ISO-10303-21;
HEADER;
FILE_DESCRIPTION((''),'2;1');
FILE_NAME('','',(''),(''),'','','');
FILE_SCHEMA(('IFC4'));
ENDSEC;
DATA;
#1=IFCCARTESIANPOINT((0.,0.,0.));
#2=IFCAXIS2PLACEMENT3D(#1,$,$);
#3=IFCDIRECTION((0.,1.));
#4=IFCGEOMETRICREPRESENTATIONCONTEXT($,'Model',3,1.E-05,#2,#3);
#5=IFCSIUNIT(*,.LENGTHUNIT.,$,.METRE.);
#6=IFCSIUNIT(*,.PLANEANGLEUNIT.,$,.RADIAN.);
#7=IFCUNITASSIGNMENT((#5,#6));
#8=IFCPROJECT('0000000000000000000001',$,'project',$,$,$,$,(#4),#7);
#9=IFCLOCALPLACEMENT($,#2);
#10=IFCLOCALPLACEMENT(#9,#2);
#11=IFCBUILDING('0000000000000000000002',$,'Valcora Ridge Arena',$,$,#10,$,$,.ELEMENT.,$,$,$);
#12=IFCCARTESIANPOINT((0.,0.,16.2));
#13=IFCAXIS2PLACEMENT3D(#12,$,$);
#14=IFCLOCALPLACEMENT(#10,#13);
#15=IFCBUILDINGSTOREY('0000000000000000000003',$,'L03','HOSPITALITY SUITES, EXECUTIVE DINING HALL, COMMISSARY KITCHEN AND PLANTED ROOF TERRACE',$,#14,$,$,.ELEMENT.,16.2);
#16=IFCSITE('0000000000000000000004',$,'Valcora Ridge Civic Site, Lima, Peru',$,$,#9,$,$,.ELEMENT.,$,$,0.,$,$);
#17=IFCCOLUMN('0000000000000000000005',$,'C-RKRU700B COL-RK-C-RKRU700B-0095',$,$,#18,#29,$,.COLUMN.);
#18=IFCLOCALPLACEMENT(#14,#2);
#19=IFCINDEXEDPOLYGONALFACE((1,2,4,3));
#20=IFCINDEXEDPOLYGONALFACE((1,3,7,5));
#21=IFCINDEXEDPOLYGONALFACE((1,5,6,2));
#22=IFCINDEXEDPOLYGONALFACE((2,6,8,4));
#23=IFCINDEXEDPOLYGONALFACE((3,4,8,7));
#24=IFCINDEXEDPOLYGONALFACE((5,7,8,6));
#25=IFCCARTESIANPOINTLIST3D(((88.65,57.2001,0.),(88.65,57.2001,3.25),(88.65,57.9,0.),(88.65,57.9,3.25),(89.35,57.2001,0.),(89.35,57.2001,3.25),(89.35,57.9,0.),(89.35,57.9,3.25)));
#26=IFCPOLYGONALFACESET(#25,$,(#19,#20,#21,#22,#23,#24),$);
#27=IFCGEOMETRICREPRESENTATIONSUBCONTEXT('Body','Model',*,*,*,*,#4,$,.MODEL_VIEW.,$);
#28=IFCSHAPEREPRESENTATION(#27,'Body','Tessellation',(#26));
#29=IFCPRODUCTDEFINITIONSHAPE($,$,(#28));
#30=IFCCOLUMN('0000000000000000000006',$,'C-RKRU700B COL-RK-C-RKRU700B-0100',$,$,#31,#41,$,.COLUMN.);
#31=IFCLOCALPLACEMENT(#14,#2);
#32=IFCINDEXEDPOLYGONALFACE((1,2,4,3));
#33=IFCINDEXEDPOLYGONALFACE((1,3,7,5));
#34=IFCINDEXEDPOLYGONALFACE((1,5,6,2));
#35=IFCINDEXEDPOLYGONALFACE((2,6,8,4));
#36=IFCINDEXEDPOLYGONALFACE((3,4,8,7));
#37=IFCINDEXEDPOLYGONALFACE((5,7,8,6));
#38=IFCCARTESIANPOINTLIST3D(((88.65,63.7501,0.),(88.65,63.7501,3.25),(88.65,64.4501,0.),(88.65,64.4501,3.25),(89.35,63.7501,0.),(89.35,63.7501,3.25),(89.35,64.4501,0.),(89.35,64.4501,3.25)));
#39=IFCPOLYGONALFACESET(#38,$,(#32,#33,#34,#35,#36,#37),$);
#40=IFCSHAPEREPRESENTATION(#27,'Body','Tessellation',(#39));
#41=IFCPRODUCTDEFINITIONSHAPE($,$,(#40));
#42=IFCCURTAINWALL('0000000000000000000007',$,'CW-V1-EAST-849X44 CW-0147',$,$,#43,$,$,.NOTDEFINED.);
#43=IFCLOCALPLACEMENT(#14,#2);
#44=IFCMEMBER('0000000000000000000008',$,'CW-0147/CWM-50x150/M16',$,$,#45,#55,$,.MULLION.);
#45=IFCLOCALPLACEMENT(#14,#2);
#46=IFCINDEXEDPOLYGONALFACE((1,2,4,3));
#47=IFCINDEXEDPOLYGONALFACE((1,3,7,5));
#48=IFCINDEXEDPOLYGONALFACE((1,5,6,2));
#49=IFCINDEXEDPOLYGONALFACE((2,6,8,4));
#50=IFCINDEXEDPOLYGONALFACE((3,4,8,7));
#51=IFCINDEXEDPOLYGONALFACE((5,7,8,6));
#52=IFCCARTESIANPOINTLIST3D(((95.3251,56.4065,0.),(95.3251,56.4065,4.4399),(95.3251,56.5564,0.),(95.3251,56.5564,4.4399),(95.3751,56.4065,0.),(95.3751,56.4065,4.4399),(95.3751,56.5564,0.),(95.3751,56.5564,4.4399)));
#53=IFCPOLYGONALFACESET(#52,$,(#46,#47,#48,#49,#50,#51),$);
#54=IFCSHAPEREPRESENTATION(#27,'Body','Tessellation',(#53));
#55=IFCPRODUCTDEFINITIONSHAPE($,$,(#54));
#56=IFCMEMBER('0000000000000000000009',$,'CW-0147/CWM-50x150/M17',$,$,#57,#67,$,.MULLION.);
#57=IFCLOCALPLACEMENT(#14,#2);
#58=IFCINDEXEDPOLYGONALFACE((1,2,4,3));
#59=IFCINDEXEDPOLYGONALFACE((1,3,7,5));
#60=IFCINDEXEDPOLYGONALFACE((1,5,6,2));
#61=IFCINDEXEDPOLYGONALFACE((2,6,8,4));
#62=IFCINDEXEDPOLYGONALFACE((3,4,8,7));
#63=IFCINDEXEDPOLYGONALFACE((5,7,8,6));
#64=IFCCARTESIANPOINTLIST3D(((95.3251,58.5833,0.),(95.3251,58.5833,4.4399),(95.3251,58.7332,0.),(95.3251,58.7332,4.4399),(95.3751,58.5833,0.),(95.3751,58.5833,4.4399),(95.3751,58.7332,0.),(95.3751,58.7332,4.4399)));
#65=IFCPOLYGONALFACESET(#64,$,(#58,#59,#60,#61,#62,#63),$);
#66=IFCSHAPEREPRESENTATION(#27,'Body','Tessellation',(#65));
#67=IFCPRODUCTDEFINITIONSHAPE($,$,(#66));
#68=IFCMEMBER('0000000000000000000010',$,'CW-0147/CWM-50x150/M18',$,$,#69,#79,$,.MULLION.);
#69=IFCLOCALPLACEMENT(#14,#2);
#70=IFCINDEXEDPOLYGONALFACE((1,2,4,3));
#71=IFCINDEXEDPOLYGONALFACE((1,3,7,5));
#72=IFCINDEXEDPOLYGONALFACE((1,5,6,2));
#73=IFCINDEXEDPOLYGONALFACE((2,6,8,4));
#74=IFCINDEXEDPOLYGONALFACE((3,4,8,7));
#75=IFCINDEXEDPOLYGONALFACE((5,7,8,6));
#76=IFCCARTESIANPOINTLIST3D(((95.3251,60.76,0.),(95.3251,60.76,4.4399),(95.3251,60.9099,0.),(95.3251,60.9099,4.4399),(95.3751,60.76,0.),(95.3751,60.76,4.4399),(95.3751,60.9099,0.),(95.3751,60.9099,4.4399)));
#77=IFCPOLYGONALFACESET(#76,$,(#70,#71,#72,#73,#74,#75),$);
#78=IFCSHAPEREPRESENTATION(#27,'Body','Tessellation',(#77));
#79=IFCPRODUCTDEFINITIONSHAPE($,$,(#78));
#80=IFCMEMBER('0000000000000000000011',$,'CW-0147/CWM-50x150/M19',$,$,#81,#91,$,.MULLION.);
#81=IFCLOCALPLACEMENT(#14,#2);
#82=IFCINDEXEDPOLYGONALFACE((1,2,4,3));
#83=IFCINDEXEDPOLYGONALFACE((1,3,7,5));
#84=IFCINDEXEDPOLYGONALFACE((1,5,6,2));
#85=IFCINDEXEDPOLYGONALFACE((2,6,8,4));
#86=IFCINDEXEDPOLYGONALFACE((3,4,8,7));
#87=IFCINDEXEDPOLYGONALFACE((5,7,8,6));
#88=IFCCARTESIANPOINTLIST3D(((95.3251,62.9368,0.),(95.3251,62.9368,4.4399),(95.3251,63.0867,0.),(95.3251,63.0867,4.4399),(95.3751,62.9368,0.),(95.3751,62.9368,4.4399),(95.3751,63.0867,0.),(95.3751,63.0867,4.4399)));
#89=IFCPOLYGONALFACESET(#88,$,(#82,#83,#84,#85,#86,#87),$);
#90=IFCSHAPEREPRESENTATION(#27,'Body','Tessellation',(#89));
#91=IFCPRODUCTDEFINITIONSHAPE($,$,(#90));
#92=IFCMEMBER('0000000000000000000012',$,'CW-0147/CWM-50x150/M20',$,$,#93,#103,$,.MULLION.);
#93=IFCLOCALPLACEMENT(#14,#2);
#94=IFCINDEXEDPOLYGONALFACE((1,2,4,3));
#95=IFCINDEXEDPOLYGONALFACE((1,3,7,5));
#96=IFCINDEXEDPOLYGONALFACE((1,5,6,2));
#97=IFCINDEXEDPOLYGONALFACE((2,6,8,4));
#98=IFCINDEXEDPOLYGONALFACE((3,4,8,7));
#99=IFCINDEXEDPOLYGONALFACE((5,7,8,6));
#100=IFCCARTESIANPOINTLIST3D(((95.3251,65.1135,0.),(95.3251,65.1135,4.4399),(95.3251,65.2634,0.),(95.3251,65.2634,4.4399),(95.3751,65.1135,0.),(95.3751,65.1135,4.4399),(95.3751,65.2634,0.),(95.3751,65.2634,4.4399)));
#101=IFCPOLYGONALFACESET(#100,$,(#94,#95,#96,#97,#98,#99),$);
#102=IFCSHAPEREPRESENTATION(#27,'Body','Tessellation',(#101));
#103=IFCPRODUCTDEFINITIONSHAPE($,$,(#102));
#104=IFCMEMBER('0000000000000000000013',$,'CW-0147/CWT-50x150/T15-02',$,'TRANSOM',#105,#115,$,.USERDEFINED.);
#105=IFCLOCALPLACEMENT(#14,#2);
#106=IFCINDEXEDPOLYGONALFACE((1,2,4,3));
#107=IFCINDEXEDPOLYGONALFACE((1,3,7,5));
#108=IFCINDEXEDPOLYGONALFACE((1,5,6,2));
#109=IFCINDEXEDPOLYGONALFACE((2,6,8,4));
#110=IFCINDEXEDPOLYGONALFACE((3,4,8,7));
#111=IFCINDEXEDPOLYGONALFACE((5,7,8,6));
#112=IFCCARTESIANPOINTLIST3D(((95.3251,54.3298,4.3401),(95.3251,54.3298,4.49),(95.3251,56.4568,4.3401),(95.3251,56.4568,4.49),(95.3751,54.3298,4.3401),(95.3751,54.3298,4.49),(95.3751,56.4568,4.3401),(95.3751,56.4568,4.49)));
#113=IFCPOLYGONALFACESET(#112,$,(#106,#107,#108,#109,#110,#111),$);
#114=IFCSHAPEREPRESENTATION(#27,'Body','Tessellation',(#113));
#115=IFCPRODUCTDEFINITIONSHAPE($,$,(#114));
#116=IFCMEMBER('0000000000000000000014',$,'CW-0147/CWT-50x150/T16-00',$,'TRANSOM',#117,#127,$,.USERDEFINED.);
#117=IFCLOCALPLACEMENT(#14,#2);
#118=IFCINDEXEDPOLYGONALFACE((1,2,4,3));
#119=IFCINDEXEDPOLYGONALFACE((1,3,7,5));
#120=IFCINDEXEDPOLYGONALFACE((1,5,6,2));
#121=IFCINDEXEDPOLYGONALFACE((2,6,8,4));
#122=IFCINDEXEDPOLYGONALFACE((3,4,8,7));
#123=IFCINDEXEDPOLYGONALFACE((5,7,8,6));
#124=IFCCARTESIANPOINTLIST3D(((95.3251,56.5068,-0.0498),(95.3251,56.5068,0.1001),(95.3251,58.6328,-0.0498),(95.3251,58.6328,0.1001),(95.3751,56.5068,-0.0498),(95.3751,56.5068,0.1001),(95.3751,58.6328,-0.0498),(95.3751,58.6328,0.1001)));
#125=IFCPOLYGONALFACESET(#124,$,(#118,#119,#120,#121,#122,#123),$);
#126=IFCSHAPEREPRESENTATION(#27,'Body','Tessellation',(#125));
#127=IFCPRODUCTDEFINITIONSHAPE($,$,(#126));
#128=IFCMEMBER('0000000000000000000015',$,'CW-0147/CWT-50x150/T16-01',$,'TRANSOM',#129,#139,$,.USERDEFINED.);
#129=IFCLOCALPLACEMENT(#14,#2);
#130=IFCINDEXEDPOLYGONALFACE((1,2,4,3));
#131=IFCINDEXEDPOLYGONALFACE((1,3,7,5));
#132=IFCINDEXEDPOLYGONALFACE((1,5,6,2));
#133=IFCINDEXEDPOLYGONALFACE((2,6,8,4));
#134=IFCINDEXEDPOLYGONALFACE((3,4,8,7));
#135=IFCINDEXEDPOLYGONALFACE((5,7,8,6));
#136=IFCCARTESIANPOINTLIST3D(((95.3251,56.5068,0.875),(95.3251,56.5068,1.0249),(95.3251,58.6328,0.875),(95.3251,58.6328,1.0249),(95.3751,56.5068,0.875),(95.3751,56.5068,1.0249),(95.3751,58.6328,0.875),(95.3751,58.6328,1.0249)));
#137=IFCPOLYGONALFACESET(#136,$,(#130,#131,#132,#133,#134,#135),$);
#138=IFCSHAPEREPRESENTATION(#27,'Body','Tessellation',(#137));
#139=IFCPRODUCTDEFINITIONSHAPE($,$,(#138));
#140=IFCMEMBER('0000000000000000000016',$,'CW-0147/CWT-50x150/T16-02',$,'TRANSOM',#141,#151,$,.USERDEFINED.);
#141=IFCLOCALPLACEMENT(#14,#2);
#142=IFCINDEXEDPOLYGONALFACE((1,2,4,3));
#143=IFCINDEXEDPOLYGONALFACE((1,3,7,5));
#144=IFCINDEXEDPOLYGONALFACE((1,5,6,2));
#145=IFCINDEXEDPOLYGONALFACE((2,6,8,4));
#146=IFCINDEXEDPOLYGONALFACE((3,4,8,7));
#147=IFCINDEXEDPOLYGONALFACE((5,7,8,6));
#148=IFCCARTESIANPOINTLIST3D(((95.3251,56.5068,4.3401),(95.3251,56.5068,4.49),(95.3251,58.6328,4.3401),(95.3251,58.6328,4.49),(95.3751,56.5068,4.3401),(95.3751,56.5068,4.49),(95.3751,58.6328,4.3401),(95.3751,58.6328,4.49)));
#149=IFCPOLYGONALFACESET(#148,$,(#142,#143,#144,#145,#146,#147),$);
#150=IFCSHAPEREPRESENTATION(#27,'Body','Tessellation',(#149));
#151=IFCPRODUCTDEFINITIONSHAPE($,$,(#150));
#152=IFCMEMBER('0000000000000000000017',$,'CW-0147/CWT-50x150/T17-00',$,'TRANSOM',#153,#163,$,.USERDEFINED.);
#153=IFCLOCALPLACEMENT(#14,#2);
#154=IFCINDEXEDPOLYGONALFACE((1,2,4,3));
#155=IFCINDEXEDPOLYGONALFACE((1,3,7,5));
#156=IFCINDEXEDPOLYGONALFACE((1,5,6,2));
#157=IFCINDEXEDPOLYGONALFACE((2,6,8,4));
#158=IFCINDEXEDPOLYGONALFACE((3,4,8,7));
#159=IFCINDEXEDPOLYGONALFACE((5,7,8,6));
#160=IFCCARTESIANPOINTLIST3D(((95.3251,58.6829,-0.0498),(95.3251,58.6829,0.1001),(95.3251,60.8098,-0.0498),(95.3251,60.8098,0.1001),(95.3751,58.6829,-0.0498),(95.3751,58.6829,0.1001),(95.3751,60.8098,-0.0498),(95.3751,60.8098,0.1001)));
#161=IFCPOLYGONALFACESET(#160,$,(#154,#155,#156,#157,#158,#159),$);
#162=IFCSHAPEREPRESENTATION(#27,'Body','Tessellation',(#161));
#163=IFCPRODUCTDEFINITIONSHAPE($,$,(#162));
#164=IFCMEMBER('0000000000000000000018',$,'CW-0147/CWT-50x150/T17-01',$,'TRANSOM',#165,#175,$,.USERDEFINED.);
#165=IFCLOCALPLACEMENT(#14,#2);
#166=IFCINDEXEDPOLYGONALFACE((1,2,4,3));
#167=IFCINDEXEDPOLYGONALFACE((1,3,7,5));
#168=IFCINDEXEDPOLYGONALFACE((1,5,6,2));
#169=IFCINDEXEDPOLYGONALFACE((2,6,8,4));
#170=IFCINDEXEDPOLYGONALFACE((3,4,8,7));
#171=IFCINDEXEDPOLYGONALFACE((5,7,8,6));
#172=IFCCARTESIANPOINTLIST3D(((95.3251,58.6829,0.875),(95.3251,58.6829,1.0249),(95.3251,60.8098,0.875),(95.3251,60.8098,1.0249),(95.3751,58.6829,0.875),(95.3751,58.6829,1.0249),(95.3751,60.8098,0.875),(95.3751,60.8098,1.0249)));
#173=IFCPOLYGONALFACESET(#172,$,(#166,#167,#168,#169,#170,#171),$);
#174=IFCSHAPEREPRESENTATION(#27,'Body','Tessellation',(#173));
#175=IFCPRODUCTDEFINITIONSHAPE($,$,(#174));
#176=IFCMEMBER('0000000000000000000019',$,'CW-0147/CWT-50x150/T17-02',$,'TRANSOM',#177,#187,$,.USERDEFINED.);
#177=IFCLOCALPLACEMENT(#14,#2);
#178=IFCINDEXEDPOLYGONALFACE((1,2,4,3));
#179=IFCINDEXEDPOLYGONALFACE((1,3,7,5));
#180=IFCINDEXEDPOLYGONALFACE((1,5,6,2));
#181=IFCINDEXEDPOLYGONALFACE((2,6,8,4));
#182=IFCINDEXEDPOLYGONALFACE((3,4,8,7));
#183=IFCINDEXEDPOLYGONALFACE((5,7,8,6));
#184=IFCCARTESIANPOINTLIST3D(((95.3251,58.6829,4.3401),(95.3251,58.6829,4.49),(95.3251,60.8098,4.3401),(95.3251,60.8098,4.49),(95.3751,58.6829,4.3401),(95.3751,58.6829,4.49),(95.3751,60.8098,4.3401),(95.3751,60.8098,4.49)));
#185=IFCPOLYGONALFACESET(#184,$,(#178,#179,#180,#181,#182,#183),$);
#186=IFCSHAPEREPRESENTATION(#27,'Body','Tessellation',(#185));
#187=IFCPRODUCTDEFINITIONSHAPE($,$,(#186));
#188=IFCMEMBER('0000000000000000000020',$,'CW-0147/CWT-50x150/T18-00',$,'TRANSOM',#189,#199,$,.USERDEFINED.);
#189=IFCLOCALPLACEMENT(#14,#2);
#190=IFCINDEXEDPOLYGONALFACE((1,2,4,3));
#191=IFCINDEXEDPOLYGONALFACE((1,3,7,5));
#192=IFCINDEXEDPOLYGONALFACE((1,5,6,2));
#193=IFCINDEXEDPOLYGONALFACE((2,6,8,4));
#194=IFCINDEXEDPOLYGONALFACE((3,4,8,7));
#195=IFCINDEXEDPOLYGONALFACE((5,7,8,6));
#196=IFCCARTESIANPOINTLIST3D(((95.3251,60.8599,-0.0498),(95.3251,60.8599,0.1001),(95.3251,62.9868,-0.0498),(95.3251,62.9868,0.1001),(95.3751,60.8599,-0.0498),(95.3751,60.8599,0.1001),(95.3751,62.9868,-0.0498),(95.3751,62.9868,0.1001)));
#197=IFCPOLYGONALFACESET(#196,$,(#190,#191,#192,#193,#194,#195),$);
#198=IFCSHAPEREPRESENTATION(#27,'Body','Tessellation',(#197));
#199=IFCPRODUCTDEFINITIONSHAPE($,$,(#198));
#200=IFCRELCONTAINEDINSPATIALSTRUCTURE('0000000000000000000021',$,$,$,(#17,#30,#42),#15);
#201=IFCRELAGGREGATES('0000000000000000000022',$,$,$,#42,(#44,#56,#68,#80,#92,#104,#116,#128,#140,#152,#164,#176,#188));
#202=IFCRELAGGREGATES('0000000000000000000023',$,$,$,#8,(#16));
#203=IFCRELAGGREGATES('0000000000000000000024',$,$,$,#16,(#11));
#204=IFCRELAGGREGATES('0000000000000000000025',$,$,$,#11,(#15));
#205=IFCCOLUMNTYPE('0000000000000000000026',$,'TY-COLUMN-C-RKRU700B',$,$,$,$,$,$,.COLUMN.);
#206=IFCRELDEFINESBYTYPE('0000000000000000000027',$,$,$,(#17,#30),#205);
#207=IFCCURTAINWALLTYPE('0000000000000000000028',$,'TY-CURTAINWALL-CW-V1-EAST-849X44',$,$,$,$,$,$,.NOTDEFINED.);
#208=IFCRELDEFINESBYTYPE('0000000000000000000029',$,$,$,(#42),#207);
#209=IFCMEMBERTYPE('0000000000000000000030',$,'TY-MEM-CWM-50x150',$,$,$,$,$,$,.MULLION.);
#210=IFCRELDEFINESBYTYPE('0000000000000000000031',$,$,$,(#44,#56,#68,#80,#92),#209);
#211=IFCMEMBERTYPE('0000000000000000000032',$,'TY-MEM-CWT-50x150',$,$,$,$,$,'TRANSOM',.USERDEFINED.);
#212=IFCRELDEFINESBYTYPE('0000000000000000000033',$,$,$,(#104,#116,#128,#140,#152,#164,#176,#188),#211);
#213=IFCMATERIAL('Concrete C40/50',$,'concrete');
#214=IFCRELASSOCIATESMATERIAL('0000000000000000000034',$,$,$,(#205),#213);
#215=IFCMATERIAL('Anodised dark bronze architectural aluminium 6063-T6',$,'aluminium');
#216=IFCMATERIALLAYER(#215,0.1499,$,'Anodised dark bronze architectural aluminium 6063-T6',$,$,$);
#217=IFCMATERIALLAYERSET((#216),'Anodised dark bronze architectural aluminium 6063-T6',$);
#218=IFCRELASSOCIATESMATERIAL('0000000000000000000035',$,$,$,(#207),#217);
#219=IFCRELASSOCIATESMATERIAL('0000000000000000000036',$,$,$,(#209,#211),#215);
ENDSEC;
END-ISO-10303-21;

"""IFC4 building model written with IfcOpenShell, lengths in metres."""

from ifc_helpers import new_model, si_unit, direction, frame, origin, origin_2d, place, context, subcontext, project, spatial, rectangle, extrude, material, layer, layer_set, material_profile, profile_set, type_object, element, aggregate, save


model = new_model("IFC4")

# Units and contexts
model_context = context("Model", 3, precision=1e-05, world=origin(), true_north=direction((0.0, 1.0)))
body_context = subcontext(model_context, "Body", "Model", "MODEL_VIEW")
ifc_project = project(units=[si_unit("LENGTHUNIT", "METRE"), si_unit("PLANEANGLEUNIT", "RADIAN")], contexts=[model_context])

# Site, building, storey
site_placement = place(None, origin())
site = spatial("IfcSite", under=ifc_project, at=site_placement, Name="Valcora Ridge Civic Site, Lima, Peru", CompositionType="ELEMENT", RefElevation=0.0)
building_placement = place(site_placement, origin())
building = spatial("IfcBuilding", under=site, at=building_placement, Name="Valcora Ridge Arena", CompositionType="ELEMENT")
storey_placement = place(building_placement, frame((0.0, 0.0, 16.2)))
storey = spatial("IfcBuildingStorey", under=building, at=storey_placement, Name="L03", Description="HOSPITALITY SUITES, EXECUTIVE DINING HALL, COMMISSARY KITCHEN AND PLANTED ROOF TERRACE", CompositionType="ELEMENT", Elevation=16.2)

# Columns
ifc_material_1 = material(Name="Concrete C40/50", Category="concrete")
ifc_material_profile_1 = material_profile(ifc_material_1, rectangle(XDim=0.7, YDim=0.7, at=origin_2d()), Name="RC 700x700")
ifc_profile_set_1 = profile_set([ifc_material_profile_1], Name="Concrete C40/50")
column_type = type_object("IfcColumnType", Name="TY-COLUMN-C-RKRU700B", PredefinedType="COLUMN", material=ifc_profile_set_1)
for number, where, z_axis, x_axis, name in (
    (1, (89.0, 57.55, 0.0), (0.0, 0.0, 1.0), (1.0, 0.0, 0.0), "C-RKRU700B COL-RK-C-RKRU700B-0095"),
    (2, (89.0, 64.1001, 0.0), (0.0, 0.0, 1.0), (1.0, 0.0, 0.0), "C-RKRU700B COL-RK-C-RKRU700B-0100"),
):
    element("IfcColumn", number, at=place(storey_placement, frame(where, z_axis=z_axis, x_axis=x_axis)), inside=storey, type_object=column_type, Name=name, PredefinedType="COLUMN", context=body_context, shape_type="SweptSolid", body=[
        extrude(rectangle(XDim=0.7, YDim=0.7, at=origin_2d()), origin(), (0.0, 0.0, 1.0), 3.25),
    ])

# Curtain wall, members
ifc_material_2 = material(Name="Anodised dark bronze architectural aluminium 6063-T6", Category="aluminium")
ifc_layer_1 = layer(ifc_material_2, 0.1499, Name="Anodised dark bronze architectural aluminium 6063-T6")
ifc_layer_set_1 = layer_set([ifc_layer_1], Name="Anodised dark bronze architectural aluminium 6063-T6")
curtain_wall_type = type_object("IfcCurtainWallType", Name="TY-CURTAINWALL-CW-V1-EAST-849X44", PredefinedType="NOTDEFINED", material=ifc_layer_set_1)
curtain_wall_placement = place(storey_placement, origin())
curtain_wall = element("IfcCurtainWall", 3, at=curtain_wall_placement, inside=storey, type_object=curtain_wall_type, Name="CW-V1-EAST-849X44 CW-0147", PredefinedType="NOTDEFINED")
ifc_material_profile_2 = material_profile(ifc_material_2, rectangle(XDim=0.05, YDim=0.1499, at=origin_2d()), Name="ALU MULLION 50x150")
ifc_profile_set_2 = profile_set([ifc_material_profile_2], Name="Anodised dark bronze architectural aluminium 6063-T6")
member_type_1 = type_object("IfcMemberType", Name="TY-MEM-CWM-50x150", PredefinedType="MULLION", material=ifc_profile_set_2)
member_1_placement = place(storey_placement, frame((95.3501, 56.4814, 0.0), z_axis=(0.0, 0.0, 1.0), x_axis=(-1.0, 0.0, 0.0)))
member_1 = element("IfcMember", 4, at=member_1_placement, type_object=member_type_1, Name="CW-0147/CWM-50x150/M16", PredefinedType="MULLION", context=body_context, shape_type="SweptSolid", body=[
    extrude(rectangle(XDim=0.05, YDim=0.1499, at=origin_2d()), origin(), (0.0, 0.0, 1.0), 4.4399),
])
member_2_placement = place(storey_placement, frame((95.3501, 58.6582, 0.0), z_axis=(0.0, 0.0, 1.0), x_axis=(-1.0, 0.0, 0.0)))
member_2 = element("IfcMember", 5, at=member_2_placement, type_object=member_type_1, Name="CW-0147/CWM-50x150/M17", PredefinedType="MULLION", context=body_context, shape_type="SweptSolid", body=[
    extrude(rectangle(XDim=0.05, YDim=0.1499, at=origin_2d()), origin(), (0.0, 0.0, 1.0), 4.4399),
])
member_3_placement = place(storey_placement, frame((95.3501, 60.835, 0.0), z_axis=(0.0, 0.0, 1.0), x_axis=(-1.0, 0.0, 0.0)))
member_3 = element("IfcMember", 6, at=member_3_placement, type_object=member_type_1, Name="CW-0147/CWM-50x150/M18", PredefinedType="MULLION", context=body_context, shape_type="SweptSolid", body=[
    extrude(rectangle(XDim=0.05, YDim=0.1499, at=origin_2d()), origin(), (0.0, 0.0, 1.0), 4.4399),
])
member_4_placement = place(storey_placement, frame((95.3501, 63.0117, 0.0), z_axis=(0.0, 0.0, 1.0), x_axis=(-1.0, 0.0, 0.0)))
member_4 = element("IfcMember", 7, at=member_4_placement, type_object=member_type_1, Name="CW-0147/CWM-50x150/M19", PredefinedType="MULLION", context=body_context, shape_type="SweptSolid", body=[
    extrude(rectangle(XDim=0.05, YDim=0.1499, at=origin_2d()), origin(), (0.0, 0.0, 1.0), 4.4399),
])
member_5_placement = place(storey_placement, frame((95.3501, 65.1885, 0.0), z_axis=(0.0, 0.0, 1.0), x_axis=(-1.0, 0.0, 0.0)))
member_5 = element("IfcMember", 8, at=member_5_placement, type_object=member_type_1, Name="CW-0147/CWM-50x150/M20", PredefinedType="MULLION", context=body_context, shape_type="SweptSolid", body=[
    extrude(rectangle(XDim=0.05, YDim=0.1499, at=origin_2d()), origin(), (0.0, 0.0, 1.0), 4.4399),
])
ifc_material_profile_3 = material_profile(ifc_material_2, rectangle(XDim=0.05, YDim=0.1499, at=origin_2d()), Name="ALU TRANSOM 50x150")
ifc_profile_set_3 = profile_set([ifc_material_profile_3], Name="Anodised dark bronze architectural aluminium 6063-T6")
member_type_2 = type_object("IfcMemberType", Name="TY-MEM-CWT-50x150", ElementType="TRANSOM", PredefinedType="USERDEFINED", material=ifc_profile_set_3)
member_6_placement = place(storey_placement, frame((95.3501, 54.3298, 4.415), z_axis=(0.0, 1.0, 0.0), x_axis=(-1.0, 0.0, 0.0)))
member_6 = element("IfcMember", 9, at=member_6_placement, type_object=member_type_2, Name="CW-0147/CWT-50x150/T15-02", ObjectType="TRANSOM", PredefinedType="USERDEFINED", context=body_context, shape_type="SweptSolid", body=[
    extrude(rectangle(XDim=0.05, YDim=0.1499, at=origin_2d()), origin(), (0.0, 0.0, 1.0), 2.127),
])
member_7_placement = place(storey_placement, frame((95.3501, 56.5068, 0.0251), z_axis=(0.0, 1.0, 0.0), x_axis=(-1.0, 0.0, 0.0)))
member_7 = element("IfcMember", 10, at=member_7_placement, type_object=member_type_2, Name="CW-0147/CWT-50x150/T16-00", ObjectType="TRANSOM", PredefinedType="USERDEFINED", context=body_context, shape_type="SweptSolid", body=[
    extrude(rectangle(XDim=0.05, YDim=0.1499, at=origin_2d()), origin(), (0.0, 0.0, 1.0), 2.126),
])
member_8_placement = place(storey_placement, frame((95.3501, 56.5068, 0.95), z_axis=(0.0, 1.0, 0.0), x_axis=(-1.0, 0.0, 0.0)))
member_8 = element("IfcMember", 11, at=member_8_placement, type_object=member_type_2, Name="CW-0147/CWT-50x150/T16-01", ObjectType="TRANSOM", PredefinedType="USERDEFINED", context=body_context, shape_type="SweptSolid", body=[
    extrude(rectangle(XDim=0.05, YDim=0.1499, at=origin_2d()), origin(), (0.0, 0.0, 1.0), 2.126),
])
member_9_placement = place(storey_placement, frame((95.3501, 56.5068, 4.415), z_axis=(0.0, 1.0, 0.0), x_axis=(-1.0, 0.0, 0.0)))
member_9 = element("IfcMember", 12, at=member_9_placement, type_object=member_type_2, Name="CW-0147/CWT-50x150/T16-02", ObjectType="TRANSOM", PredefinedType="USERDEFINED", context=body_context, shape_type="SweptSolid", body=[
    extrude(rectangle(XDim=0.05, YDim=0.1499, at=origin_2d()), origin(), (0.0, 0.0, 1.0), 2.126),
])
member_10_placement = place(storey_placement, frame((95.3501, 58.6829, 0.0251), z_axis=(0.0, 1.0, 0.0), x_axis=(-1.0, 0.0, 0.0)))
member_10 = element("IfcMember", 13, at=member_10_placement, type_object=member_type_2, Name="CW-0147/CWT-50x150/T17-00", ObjectType="TRANSOM", PredefinedType="USERDEFINED", context=body_context, shape_type="SweptSolid", body=[
    extrude(rectangle(XDim=0.05, YDim=0.1499, at=origin_2d()), origin(), (0.0, 0.0, 1.0), 2.127),
])
member_11_placement = place(storey_placement, frame((95.3501, 58.6829, 0.95), z_axis=(0.0, 1.0, 0.0), x_axis=(-1.0, 0.0, 0.0)))
member_11 = element("IfcMember", 14, at=member_11_placement, type_object=member_type_2, Name="CW-0147/CWT-50x150/T17-01", ObjectType="TRANSOM", PredefinedType="USERDEFINED", context=body_context, shape_type="SweptSolid", body=[
    extrude(rectangle(XDim=0.05, YDim=0.1499, at=origin_2d()), origin(), (0.0, 0.0, 1.0), 2.127),
])
member_12_placement = place(storey_placement, frame((95.3501, 58.6829, 4.415), z_axis=(0.0, 1.0, 0.0), x_axis=(-1.0, 0.0, 0.0)))
member_12 = element("IfcMember", 15, at=member_12_placement, type_object=member_type_2, Name="CW-0147/CWT-50x150/T17-02", ObjectType="TRANSOM", PredefinedType="USERDEFINED", context=body_context, shape_type="SweptSolid", body=[
    extrude(rectangle(XDim=0.05, YDim=0.1499, at=origin_2d()), origin(), (0.0, 0.0, 1.0), 2.127),
])
member_13_placement = place(storey_placement, frame((95.3501, 60.8599, 0.0251), z_axis=(0.0, 1.0, 0.0), x_axis=(-1.0, 0.0, 0.0)))
member_13 = element("IfcMember", 16, at=member_13_placement, type_object=member_type_2, Name="CW-0147/CWT-50x150/T18-00", ObjectType="TRANSOM", PredefinedType="USERDEFINED", context=body_context, shape_type="SweptSolid", body=[
    extrude(rectangle(XDim=0.05, YDim=0.1499, at=origin_2d()), origin(), (0.0, 0.0, 1.0), 2.127),
])

aggregate(curtain_wall, [member_1, member_2, member_3, member_4, member_5, member_6, member_7, member_8, member_9, member_10, member_11, member_12, member_13])

save(model, "model.ifc")
